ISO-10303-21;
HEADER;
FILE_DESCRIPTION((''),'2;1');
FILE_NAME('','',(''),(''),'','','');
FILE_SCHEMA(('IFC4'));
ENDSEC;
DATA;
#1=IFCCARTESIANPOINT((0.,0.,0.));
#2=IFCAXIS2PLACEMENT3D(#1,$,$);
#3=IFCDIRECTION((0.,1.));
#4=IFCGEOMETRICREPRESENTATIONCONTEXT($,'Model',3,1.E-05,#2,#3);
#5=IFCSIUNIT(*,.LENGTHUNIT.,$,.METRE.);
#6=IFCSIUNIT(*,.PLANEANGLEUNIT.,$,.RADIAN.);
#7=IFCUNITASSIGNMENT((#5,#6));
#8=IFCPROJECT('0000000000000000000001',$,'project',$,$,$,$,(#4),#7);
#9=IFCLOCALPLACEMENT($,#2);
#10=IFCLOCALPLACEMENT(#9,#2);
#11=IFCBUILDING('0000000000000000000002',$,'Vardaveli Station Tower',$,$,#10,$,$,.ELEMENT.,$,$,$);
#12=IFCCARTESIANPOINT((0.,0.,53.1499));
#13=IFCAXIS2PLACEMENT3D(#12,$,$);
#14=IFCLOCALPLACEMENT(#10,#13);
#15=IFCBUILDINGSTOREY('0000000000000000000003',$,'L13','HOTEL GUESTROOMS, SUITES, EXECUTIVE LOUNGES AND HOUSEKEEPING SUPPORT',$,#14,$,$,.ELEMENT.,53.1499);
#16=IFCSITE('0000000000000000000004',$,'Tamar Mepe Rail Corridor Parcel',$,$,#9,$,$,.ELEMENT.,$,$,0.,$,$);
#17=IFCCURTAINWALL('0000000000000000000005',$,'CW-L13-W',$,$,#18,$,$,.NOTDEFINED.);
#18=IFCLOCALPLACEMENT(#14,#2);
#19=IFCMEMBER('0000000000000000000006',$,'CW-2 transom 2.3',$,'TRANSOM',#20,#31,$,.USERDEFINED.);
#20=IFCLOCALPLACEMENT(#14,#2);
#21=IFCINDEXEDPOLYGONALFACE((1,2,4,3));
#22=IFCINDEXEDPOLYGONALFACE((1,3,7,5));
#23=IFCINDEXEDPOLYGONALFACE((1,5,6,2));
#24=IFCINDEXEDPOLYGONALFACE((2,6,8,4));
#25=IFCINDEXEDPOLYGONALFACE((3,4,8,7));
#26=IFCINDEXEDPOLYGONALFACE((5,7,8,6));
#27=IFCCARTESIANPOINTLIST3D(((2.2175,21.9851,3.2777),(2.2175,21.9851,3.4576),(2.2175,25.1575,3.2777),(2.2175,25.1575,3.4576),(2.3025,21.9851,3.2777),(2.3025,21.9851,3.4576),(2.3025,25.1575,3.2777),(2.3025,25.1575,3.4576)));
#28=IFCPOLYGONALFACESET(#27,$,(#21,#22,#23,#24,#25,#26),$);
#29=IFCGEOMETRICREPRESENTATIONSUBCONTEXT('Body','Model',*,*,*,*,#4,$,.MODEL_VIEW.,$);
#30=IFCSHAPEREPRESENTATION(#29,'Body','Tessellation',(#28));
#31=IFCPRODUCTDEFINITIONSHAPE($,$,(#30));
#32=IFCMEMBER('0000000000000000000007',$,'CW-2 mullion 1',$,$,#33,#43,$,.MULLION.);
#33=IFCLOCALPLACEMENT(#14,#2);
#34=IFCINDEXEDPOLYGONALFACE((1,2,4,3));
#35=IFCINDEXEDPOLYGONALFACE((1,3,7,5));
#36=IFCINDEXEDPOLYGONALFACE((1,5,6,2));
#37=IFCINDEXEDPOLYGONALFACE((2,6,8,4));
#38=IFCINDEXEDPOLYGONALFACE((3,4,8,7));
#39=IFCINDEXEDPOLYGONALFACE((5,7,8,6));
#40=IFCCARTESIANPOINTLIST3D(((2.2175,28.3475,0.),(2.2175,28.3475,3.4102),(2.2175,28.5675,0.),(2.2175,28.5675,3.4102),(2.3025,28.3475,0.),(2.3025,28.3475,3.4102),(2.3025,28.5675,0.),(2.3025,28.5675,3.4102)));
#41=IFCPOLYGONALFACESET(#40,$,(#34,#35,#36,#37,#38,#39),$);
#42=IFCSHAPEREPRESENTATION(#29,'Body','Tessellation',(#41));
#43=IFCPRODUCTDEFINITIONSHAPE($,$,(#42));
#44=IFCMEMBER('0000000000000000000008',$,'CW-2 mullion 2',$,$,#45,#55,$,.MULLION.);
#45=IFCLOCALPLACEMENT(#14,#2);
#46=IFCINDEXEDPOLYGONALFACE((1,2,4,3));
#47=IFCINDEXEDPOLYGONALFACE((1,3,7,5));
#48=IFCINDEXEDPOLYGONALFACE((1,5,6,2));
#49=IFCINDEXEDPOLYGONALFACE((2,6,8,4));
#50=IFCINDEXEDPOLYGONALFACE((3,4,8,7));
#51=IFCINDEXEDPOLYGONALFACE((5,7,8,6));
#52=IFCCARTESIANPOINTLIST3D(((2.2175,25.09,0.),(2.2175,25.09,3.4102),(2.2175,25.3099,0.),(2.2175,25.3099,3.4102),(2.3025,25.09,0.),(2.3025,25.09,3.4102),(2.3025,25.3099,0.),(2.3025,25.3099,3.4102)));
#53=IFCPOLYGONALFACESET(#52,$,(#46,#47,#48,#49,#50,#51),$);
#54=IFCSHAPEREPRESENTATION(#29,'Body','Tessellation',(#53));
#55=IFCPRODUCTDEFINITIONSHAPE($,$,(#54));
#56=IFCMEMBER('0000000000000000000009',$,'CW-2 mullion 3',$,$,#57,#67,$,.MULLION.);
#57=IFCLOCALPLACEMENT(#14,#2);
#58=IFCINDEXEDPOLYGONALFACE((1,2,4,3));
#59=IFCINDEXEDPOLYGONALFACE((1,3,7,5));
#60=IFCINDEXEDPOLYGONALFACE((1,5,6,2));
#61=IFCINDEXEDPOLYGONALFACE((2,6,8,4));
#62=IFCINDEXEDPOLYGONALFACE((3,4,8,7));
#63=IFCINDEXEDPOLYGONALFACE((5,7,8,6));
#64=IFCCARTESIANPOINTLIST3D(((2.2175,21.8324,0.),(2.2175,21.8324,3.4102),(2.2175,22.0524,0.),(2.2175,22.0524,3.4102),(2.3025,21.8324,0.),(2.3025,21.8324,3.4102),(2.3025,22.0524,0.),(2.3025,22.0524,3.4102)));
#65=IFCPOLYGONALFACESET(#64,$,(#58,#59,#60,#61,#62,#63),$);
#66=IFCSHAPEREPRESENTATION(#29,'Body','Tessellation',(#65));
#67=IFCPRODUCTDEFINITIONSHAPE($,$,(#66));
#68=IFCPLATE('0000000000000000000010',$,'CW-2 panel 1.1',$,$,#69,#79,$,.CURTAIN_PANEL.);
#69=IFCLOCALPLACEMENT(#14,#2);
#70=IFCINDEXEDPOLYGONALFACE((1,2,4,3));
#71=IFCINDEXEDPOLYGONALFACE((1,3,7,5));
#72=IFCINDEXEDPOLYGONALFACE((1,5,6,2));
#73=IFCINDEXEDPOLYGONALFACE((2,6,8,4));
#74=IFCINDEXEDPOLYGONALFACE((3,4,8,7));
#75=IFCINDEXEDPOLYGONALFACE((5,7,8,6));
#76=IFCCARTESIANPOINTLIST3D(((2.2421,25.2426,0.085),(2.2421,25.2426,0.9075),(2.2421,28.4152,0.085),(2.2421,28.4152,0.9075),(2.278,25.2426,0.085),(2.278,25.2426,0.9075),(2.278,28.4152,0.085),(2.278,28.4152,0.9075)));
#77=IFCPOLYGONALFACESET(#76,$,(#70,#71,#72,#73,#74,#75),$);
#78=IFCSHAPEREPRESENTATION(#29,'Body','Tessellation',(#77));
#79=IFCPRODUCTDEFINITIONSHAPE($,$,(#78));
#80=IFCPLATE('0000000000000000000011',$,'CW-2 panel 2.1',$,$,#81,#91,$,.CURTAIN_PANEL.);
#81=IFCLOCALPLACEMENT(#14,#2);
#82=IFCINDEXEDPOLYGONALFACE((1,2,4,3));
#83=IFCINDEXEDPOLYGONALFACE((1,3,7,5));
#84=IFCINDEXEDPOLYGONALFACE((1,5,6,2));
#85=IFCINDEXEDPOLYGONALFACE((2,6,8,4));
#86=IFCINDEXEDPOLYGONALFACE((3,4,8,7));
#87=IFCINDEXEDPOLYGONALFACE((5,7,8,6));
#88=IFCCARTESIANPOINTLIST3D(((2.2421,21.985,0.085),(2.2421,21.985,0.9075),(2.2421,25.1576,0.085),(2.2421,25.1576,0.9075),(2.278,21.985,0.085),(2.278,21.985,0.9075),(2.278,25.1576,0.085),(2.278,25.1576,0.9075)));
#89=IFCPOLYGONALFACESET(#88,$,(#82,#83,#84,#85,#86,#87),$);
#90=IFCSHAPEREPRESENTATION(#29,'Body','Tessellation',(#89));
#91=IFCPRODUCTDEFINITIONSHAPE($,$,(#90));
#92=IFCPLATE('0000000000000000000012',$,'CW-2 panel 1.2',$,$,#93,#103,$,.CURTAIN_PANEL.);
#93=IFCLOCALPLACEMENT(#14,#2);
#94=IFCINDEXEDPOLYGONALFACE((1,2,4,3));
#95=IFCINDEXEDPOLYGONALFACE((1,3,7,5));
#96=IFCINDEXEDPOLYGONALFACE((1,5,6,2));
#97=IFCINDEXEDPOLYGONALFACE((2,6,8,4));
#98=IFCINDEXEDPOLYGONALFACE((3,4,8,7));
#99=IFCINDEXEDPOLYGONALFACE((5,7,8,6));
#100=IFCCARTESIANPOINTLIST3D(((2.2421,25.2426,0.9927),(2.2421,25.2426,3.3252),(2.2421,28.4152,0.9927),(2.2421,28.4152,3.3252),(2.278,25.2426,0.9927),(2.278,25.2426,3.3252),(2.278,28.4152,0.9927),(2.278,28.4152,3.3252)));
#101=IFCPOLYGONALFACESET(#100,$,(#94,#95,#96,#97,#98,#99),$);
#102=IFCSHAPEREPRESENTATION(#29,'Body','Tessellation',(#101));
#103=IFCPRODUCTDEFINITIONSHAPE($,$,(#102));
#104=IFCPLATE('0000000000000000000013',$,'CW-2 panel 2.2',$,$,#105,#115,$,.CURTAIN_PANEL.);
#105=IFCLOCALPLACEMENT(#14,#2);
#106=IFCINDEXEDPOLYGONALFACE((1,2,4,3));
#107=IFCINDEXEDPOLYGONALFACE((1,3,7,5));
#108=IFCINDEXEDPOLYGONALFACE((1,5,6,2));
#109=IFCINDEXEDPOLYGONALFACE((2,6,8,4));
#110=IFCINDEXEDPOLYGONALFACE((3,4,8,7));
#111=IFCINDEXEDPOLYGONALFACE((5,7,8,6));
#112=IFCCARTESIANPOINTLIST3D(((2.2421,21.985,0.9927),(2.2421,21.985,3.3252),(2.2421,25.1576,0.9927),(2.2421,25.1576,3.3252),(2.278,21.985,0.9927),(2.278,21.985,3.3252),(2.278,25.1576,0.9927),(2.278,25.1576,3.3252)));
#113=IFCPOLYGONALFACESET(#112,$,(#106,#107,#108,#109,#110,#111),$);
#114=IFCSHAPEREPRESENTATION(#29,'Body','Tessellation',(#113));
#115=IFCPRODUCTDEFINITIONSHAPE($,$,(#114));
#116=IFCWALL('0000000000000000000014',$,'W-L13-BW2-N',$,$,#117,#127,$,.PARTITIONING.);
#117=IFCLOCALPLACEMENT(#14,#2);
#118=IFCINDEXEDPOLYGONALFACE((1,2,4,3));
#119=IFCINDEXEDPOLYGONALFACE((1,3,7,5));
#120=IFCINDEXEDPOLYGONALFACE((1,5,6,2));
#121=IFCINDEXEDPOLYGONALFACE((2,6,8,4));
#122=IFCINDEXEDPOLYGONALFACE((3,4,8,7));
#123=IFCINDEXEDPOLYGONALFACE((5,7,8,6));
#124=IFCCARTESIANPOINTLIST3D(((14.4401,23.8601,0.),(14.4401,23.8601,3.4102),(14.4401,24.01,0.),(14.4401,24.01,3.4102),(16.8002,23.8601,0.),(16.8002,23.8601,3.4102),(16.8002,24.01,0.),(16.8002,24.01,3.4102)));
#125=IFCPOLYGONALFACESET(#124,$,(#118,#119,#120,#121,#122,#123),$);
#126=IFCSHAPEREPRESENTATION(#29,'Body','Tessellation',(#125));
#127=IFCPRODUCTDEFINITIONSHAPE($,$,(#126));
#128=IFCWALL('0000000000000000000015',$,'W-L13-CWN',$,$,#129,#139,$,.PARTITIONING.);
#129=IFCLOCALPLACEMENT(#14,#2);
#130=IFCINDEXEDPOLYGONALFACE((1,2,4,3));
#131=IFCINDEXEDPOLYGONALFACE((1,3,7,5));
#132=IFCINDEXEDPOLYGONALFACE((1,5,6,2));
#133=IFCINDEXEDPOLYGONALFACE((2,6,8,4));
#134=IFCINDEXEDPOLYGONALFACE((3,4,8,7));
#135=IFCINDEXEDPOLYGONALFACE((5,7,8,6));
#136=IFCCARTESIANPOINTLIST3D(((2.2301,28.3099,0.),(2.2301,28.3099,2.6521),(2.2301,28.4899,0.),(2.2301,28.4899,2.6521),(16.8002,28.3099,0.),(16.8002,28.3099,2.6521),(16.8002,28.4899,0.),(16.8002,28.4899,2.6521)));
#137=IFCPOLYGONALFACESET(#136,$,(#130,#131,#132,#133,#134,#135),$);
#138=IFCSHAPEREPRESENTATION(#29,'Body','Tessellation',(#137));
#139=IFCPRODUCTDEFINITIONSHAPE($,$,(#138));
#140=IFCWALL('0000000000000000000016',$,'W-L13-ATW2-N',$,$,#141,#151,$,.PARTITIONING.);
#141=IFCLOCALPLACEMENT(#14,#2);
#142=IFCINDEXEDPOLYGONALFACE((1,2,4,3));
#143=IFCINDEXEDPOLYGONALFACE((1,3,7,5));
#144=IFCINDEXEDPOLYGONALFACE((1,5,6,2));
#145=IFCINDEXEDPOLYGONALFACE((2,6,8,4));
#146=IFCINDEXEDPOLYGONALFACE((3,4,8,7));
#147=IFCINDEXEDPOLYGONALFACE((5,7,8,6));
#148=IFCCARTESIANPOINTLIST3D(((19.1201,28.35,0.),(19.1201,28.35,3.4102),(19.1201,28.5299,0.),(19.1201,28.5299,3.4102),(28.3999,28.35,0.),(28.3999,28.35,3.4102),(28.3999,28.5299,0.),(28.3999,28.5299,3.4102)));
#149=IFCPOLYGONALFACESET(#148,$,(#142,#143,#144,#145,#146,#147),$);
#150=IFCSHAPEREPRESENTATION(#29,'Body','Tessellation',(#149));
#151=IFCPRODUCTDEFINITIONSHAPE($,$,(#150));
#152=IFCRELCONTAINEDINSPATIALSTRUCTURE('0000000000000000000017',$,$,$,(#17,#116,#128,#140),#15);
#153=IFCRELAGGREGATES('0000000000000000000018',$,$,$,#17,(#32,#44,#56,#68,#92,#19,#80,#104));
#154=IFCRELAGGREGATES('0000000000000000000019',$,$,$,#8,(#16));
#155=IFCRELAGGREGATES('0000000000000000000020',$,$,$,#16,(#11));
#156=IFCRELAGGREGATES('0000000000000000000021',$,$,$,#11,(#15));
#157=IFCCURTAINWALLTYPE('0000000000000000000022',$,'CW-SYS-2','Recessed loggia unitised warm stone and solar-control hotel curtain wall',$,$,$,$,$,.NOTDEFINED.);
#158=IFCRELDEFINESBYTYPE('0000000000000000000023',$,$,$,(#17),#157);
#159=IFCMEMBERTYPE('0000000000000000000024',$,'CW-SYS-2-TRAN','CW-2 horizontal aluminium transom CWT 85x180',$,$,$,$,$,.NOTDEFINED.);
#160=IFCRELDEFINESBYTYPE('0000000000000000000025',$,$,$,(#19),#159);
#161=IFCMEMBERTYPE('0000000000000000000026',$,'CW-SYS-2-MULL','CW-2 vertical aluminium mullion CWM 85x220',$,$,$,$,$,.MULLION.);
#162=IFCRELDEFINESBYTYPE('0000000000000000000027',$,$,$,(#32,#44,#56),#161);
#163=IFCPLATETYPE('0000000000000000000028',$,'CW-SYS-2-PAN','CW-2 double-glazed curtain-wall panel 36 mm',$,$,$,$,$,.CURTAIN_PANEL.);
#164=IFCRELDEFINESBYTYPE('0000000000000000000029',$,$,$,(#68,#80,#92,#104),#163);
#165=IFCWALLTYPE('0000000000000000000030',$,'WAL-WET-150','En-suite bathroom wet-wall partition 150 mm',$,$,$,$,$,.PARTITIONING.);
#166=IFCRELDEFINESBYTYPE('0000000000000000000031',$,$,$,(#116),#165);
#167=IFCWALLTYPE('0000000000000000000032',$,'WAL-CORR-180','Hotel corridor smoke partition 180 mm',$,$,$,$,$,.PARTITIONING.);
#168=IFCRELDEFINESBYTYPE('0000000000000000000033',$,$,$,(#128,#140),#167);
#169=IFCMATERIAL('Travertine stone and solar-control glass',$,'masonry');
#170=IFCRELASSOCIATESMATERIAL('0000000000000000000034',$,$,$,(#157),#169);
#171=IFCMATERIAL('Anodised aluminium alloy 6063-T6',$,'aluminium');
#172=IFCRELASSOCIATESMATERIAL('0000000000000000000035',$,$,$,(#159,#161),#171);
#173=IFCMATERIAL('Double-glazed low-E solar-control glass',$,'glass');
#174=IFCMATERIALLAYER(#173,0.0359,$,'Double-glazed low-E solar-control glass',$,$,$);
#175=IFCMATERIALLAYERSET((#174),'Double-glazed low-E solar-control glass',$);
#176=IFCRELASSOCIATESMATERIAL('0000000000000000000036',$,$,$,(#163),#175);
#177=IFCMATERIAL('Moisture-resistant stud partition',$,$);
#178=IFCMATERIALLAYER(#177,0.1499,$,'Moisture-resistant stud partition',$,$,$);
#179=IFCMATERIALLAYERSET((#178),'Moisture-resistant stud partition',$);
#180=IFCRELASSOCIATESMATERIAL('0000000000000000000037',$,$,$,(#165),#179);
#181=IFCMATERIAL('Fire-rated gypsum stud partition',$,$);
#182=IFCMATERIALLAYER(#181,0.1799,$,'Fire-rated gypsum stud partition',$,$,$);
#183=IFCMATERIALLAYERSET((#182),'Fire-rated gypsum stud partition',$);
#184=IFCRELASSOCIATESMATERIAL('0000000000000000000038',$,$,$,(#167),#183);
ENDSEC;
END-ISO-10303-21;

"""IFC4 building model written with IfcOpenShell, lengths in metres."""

from ifc_helpers import new_model, si_unit, direction, frame, frame_2d, origin, origin_2d, place, context, subcontext, project, spatial, rectangle, extrude, source, transform, mapped, material, layer, layer_set, material_profile, profile_set, type_object, element, aggregate, save


model = new_model("IFC4")

# Units and contexts
model_context = context("Model", 3, precision=1e-05, world=origin(), true_north=direction((0.0, 1.0)))
body_context = subcontext(model_context, "Body", "Model", "MODEL_VIEW")
ifc_project = project(units=[si_unit("LENGTHUNIT", "METRE"), si_unit("PLANEANGLEUNIT", "RADIAN")], contexts=[model_context])

# Site, building, storey
site_placement = place(None, origin())
site = spatial("IfcSite", under=ifc_project, at=site_placement, Name="Tamar Mepe Rail Corridor Parcel", CompositionType="ELEMENT", RefElevation=0.0)
building_placement = place(site_placement, origin())
building = spatial("IfcBuilding", under=site, at=building_placement, Name="Vardaveli Station Tower", CompositionType="ELEMENT")
storey_placement = place(building_placement, frame((0.0, 0.0, 53.1499)))
storey = spatial("IfcBuildingStorey", under=building, at=storey_placement, Name="L13", Description="HOTEL GUESTROOMS, SUITES, EXECUTIVE LOUNGES AND HOUSEKEEPING SUPPORT", CompositionType="ELEMENT", Elevation=53.1499)

# Curtain wall, members, plates
ifc_material_1 = material(Name="Travertine stone and solar-control glass", Category="masonry")
curtain_wall_type = type_object("IfcCurtainWallType", Name="CW-SYS-2", Description="Recessed loggia unitised warm stone and solar-control hotel curtain wall", PredefinedType="NOTDEFINED", material=ifc_material_1)
curtain_wall_placement = place(storey_placement, origin())
curtain_wall = element("IfcCurtainWall", 1, at=curtain_wall_placement, inside=storey, type_object=curtain_wall_type, Name="CW-L13-W", PredefinedType="NOTDEFINED")
ifc_material_2 = material(Name="Anodised aluminium alloy 6063-T6", Category="aluminium")
ifc_material_profile_1 = material_profile(ifc_material_2, rectangle(XDim=0.085, YDim=0.1799, at=origin_2d()), Name="CWT 85x180")
ifc_profile_set_1 = profile_set([ifc_material_profile_1], Name="Anodised aluminium alloy 6063-T6")
member_type_1 = type_object("IfcMemberType", Name="CW-SYS-2-TRAN", Description="CW-2 horizontal aluminium transom CWT 85x180", PredefinedType="NOTDEFINED", material=ifc_profile_set_1)
shared_shape_1 = source(origin(), body_context, "Body", "SweptSolid", [
    extrude(rectangle(XDim=0.085, YDim=0.1799, at=origin_2d()), origin(), (0.0, 0.0, 1.0), 3.1724),
])
member_1_placement = place(storey_placement, frame((2.26, 25.1575, 3.3677), z_axis=(0.0, -1.0, 0.0), x_axis=(1.0, 0.0, 0.0)))
member_1 = element("IfcMember", 2, at=member_1_placement, type_object=member_type_1, Name="CW-2 transom 2.3", ObjectType="TRANSOM", PredefinedType="USERDEFINED", context=body_context, shape_type="MappedRepresentation", body=[
    mapped(shared_shape_1, transform((0.0, 0.0, 0.0), scale=1.0)),
])
ifc_material_profile_2 = material_profile(ifc_material_2, rectangle(XDim=0.085, YDim=0.22, at=origin_2d()), Name="CWM 85x220")
ifc_profile_set_2 = profile_set([ifc_material_profile_2], Name="Anodised aluminium alloy 6063-T6")
member_type_2 = type_object("IfcMemberType", Name="CW-SYS-2-MULL", Description="CW-2 vertical aluminium mullion CWM 85x220", PredefinedType="MULLION", material=ifc_profile_set_2)
shared_shape_2 = source(origin(), body_context, "Body", "SweptSolid", [
    extrude(rectangle(XDim=0.085, YDim=0.22, at=origin_2d()), origin(), (0.0, 0.0, 1.0), 3.4102),
])
member_2_placement = place(storey_placement, frame((2.26, 28.4575, 0.0), z_axis=(0.0, 0.0, 1.0), x_axis=(1.0, 0.0, 0.0)))
member_2 = element("IfcMember", 3, at=member_2_placement, type_object=member_type_2, Name="CW-2 mullion 1", PredefinedType="MULLION", context=body_context, shape_type="MappedRepresentation", body=[
    mapped(shared_shape_2, transform((0.0, 0.0, 0.0), scale=1.0)),
])
member_3_placement = place(storey_placement, frame((2.26, 25.2, 0.0), z_axis=(0.0, 0.0, 1.0), x_axis=(1.0, 0.0, 0.0)))
member_3 = element("IfcMember", 4, at=member_3_placement, type_object=member_type_2, Name="CW-2 mullion 2", PredefinedType="MULLION", context=body_context, shape_type="MappedRepresentation", body=[
    mapped(shared_shape_2, transform((0.0, 0.0, 0.0), scale=1.0)),
])
member_4_placement = place(storey_placement, frame((2.26, 21.9424, 0.0), z_axis=(0.0, 0.0, 1.0), x_axis=(1.0, 0.0, 0.0)))
member_4 = element("IfcMember", 5, at=member_4_placement, type_object=member_type_2, Name="CW-2 mullion 3", PredefinedType="MULLION", context=body_context, shape_type="MappedRepresentation", body=[
    mapped(shared_shape_2, transform((0.0, 0.0, 0.0), scale=1.0)),
])
ifc_material_3 = material(Name="Double-glazed low-E solar-control glass", Category="glass")
ifc_layer_1 = layer(ifc_material_3, 0.0359, Name="Double-glazed low-E solar-control glass")
ifc_layer_set_1 = layer_set([ifc_layer_1], Name="Double-glazed low-E solar-control glass")
plate_type = type_object("IfcPlateType", Name="CW-SYS-2-PAN", Description="CW-2 double-glazed curtain-wall panel 36 mm", PredefinedType="CURTAIN_PANEL", material=ifc_layer_set_1)
shared_shape_3 = source(origin(), body_context, "Body", "SweptSolid", [
    extrude(rectangle(XDim=3.1726, YDim=0.0359, at=origin_2d()), origin(), (0.0, 0.0, 1.0), 0.8225),
])
plate_1_placement = place(storey_placement, frame((2.26, 26.8289, 0.085), z_axis=(0.0, 0.0, 1.0), x_axis=(0.0, -1.0, 0.0)))
plate_1 = element("IfcPlate", 6, at=plate_1_placement, type_object=plate_type, Name="CW-2 panel 1.1", PredefinedType="CURTAIN_PANEL", context=body_context, shape_type="MappedRepresentation", body=[
    mapped(shared_shape_3, transform((0.0, 0.0, 0.0), scale=1.0)),
])
plate_2_placement = place(storey_placement, frame((2.26, 23.5713, 0.085), z_axis=(0.0, 0.0, 1.0), x_axis=(0.0, -1.0, 0.0)))
plate_2 = element("IfcPlate", 7, at=plate_2_placement, type_object=plate_type, Name="CW-2 panel 2.1", PredefinedType="CURTAIN_PANEL", context=body_context, shape_type="MappedRepresentation", body=[
    mapped(shared_shape_3, transform((0.0, 0.0, 0.0), scale=1.0)),
])
shared_shape_4 = source(origin(), body_context, "Body", "SweptSolid", [
    extrude(rectangle(XDim=3.1726, YDim=0.0359, at=origin_2d()), origin(), (0.0, 0.0, 1.0), 2.3325),
])
plate_3_placement = place(storey_placement, frame((2.26, 26.8289, 0.9927), z_axis=(0.0, 0.0, 1.0), x_axis=(0.0, -1.0, 0.0)))
plate_3 = element("IfcPlate", 8, at=plate_3_placement, type_object=plate_type, Name="CW-2 panel 1.2", PredefinedType="CURTAIN_PANEL", context=body_context, shape_type="MappedRepresentation", body=[
    mapped(shared_shape_4, transform((0.0, 0.0, 0.0), scale=1.0)),
])
plate_4_placement = place(storey_placement, frame((2.26, 23.5713, 0.9927), z_axis=(0.0, 0.0, 1.0), x_axis=(0.0, -1.0, 0.0)))
plate_4 = element("IfcPlate", 9, at=plate_4_placement, type_object=plate_type, Name="CW-2 panel 2.2", PredefinedType="CURTAIN_PANEL", context=body_context, shape_type="MappedRepresentation", body=[
    mapped(shared_shape_4, transform((0.0, 0.0, 0.0), scale=1.0)),
])
aggregate(curtain_wall, [member_2, member_3, member_4, plate_1, plate_3, member_1, plate_2, plate_4])

# Walls
ifc_material_4 = material(Name="Moisture-resistant stud partition")
ifc_layer_2 = layer(ifc_material_4, 0.1499, Name="Moisture-resistant stud partition")
ifc_layer_set_2 = layer_set([ifc_layer_2], Name="Moisture-resistant stud partition")
wall_type_1 = type_object("IfcWallType", Name="WAL-WET-150", Description="En-suite bathroom wet-wall partition 150 mm", PredefinedType="PARTITIONING", material=ifc_layer_set_2)
shared_shape_5 = source(origin(), body_context, "Body", "SweptSolid", [
    extrude(rectangle(XDim=2.3601, YDim=0.1499, at=frame_2d((1.1802, 0.0))), origin(), (0.0, 0.0, 1.0), 3.4102),
])
wall_1_placement = place(storey_placement, frame((14.4399, 23.9351, 0.0), z_axis=(0.0, 0.0, 1.0), x_axis=(1.0, 0.0, 0.0)))
element("IfcWall", 10, at=wall_1_placement, inside=storey, type_object=wall_type_1, Name="W-L13-BW2-N", PredefinedType="PARTITIONING", context=body_context, shape_type="MappedRepresentation", body=[
    mapped(shared_shape_5, transform((0.0, 0.0, 0.0), scale=1.0)),
])
ifc_material_5 = material(Name="Fire-rated gypsum stud partition")
ifc_layer_3 = layer(ifc_material_5, 0.1799, Name="Fire-rated gypsum stud partition")
ifc_layer_set_3 = layer_set([ifc_layer_3], Name="Fire-rated gypsum stud partition")
wall_type_2 = type_object("IfcWallType", Name="WAL-CORR-180", Description="Hotel corridor smoke partition 180 mm", PredefinedType="PARTITIONING", material=ifc_layer_set_3)
shared_shape_6 = source(origin(), body_context, "Body", "SweptSolid", [
    extrude(rectangle(XDim=14.5701, YDim=0.1799, at=frame_2d((7.2852, 0.0))), origin(), (0.0, 0.0, 1.0), 2.6521),
])
wall_2_placement = place(storey_placement, frame((2.23, 28.3999, 0.0), z_axis=(0.0, 0.0, 1.0), x_axis=(1.0, 0.0, 0.0)))
element("IfcWall", 11, at=wall_2_placement, inside=storey, type_object=wall_type_2, Name="W-L13-CWN", PredefinedType="PARTITIONING", context=body_context, shape_type="MappedRepresentation", body=[
    mapped(shared_shape_6, transform((0.0, 0.0, 0.0), scale=1.0)),
])
shared_shape_7 = source(origin(), body_context, "Body", "SweptSolid", [
    extrude(rectangle(XDim=9.2798, YDim=0.1799, at=frame_2d((4.6399, 0.0))), origin(), (0.0, 0.0, 1.0), 3.4102),
])
wall_3_placement = place(storey_placement, frame((19.1201, 28.4399, 0.0), z_axis=(0.0, 0.0, 1.0), x_axis=(1.0, 0.0, 0.0)))
element("IfcWall", 12, at=wall_3_placement, inside=storey, type_object=wall_type_2, Name="W-L13-ATW2-N", PredefinedType="PARTITIONING", context=body_context, shape_type="MappedRepresentation", body=[
    mapped(shared_shape_7, transform((0.0, 0.0, 0.0), scale=1.0)),
])

save(model, "model.ifc")
